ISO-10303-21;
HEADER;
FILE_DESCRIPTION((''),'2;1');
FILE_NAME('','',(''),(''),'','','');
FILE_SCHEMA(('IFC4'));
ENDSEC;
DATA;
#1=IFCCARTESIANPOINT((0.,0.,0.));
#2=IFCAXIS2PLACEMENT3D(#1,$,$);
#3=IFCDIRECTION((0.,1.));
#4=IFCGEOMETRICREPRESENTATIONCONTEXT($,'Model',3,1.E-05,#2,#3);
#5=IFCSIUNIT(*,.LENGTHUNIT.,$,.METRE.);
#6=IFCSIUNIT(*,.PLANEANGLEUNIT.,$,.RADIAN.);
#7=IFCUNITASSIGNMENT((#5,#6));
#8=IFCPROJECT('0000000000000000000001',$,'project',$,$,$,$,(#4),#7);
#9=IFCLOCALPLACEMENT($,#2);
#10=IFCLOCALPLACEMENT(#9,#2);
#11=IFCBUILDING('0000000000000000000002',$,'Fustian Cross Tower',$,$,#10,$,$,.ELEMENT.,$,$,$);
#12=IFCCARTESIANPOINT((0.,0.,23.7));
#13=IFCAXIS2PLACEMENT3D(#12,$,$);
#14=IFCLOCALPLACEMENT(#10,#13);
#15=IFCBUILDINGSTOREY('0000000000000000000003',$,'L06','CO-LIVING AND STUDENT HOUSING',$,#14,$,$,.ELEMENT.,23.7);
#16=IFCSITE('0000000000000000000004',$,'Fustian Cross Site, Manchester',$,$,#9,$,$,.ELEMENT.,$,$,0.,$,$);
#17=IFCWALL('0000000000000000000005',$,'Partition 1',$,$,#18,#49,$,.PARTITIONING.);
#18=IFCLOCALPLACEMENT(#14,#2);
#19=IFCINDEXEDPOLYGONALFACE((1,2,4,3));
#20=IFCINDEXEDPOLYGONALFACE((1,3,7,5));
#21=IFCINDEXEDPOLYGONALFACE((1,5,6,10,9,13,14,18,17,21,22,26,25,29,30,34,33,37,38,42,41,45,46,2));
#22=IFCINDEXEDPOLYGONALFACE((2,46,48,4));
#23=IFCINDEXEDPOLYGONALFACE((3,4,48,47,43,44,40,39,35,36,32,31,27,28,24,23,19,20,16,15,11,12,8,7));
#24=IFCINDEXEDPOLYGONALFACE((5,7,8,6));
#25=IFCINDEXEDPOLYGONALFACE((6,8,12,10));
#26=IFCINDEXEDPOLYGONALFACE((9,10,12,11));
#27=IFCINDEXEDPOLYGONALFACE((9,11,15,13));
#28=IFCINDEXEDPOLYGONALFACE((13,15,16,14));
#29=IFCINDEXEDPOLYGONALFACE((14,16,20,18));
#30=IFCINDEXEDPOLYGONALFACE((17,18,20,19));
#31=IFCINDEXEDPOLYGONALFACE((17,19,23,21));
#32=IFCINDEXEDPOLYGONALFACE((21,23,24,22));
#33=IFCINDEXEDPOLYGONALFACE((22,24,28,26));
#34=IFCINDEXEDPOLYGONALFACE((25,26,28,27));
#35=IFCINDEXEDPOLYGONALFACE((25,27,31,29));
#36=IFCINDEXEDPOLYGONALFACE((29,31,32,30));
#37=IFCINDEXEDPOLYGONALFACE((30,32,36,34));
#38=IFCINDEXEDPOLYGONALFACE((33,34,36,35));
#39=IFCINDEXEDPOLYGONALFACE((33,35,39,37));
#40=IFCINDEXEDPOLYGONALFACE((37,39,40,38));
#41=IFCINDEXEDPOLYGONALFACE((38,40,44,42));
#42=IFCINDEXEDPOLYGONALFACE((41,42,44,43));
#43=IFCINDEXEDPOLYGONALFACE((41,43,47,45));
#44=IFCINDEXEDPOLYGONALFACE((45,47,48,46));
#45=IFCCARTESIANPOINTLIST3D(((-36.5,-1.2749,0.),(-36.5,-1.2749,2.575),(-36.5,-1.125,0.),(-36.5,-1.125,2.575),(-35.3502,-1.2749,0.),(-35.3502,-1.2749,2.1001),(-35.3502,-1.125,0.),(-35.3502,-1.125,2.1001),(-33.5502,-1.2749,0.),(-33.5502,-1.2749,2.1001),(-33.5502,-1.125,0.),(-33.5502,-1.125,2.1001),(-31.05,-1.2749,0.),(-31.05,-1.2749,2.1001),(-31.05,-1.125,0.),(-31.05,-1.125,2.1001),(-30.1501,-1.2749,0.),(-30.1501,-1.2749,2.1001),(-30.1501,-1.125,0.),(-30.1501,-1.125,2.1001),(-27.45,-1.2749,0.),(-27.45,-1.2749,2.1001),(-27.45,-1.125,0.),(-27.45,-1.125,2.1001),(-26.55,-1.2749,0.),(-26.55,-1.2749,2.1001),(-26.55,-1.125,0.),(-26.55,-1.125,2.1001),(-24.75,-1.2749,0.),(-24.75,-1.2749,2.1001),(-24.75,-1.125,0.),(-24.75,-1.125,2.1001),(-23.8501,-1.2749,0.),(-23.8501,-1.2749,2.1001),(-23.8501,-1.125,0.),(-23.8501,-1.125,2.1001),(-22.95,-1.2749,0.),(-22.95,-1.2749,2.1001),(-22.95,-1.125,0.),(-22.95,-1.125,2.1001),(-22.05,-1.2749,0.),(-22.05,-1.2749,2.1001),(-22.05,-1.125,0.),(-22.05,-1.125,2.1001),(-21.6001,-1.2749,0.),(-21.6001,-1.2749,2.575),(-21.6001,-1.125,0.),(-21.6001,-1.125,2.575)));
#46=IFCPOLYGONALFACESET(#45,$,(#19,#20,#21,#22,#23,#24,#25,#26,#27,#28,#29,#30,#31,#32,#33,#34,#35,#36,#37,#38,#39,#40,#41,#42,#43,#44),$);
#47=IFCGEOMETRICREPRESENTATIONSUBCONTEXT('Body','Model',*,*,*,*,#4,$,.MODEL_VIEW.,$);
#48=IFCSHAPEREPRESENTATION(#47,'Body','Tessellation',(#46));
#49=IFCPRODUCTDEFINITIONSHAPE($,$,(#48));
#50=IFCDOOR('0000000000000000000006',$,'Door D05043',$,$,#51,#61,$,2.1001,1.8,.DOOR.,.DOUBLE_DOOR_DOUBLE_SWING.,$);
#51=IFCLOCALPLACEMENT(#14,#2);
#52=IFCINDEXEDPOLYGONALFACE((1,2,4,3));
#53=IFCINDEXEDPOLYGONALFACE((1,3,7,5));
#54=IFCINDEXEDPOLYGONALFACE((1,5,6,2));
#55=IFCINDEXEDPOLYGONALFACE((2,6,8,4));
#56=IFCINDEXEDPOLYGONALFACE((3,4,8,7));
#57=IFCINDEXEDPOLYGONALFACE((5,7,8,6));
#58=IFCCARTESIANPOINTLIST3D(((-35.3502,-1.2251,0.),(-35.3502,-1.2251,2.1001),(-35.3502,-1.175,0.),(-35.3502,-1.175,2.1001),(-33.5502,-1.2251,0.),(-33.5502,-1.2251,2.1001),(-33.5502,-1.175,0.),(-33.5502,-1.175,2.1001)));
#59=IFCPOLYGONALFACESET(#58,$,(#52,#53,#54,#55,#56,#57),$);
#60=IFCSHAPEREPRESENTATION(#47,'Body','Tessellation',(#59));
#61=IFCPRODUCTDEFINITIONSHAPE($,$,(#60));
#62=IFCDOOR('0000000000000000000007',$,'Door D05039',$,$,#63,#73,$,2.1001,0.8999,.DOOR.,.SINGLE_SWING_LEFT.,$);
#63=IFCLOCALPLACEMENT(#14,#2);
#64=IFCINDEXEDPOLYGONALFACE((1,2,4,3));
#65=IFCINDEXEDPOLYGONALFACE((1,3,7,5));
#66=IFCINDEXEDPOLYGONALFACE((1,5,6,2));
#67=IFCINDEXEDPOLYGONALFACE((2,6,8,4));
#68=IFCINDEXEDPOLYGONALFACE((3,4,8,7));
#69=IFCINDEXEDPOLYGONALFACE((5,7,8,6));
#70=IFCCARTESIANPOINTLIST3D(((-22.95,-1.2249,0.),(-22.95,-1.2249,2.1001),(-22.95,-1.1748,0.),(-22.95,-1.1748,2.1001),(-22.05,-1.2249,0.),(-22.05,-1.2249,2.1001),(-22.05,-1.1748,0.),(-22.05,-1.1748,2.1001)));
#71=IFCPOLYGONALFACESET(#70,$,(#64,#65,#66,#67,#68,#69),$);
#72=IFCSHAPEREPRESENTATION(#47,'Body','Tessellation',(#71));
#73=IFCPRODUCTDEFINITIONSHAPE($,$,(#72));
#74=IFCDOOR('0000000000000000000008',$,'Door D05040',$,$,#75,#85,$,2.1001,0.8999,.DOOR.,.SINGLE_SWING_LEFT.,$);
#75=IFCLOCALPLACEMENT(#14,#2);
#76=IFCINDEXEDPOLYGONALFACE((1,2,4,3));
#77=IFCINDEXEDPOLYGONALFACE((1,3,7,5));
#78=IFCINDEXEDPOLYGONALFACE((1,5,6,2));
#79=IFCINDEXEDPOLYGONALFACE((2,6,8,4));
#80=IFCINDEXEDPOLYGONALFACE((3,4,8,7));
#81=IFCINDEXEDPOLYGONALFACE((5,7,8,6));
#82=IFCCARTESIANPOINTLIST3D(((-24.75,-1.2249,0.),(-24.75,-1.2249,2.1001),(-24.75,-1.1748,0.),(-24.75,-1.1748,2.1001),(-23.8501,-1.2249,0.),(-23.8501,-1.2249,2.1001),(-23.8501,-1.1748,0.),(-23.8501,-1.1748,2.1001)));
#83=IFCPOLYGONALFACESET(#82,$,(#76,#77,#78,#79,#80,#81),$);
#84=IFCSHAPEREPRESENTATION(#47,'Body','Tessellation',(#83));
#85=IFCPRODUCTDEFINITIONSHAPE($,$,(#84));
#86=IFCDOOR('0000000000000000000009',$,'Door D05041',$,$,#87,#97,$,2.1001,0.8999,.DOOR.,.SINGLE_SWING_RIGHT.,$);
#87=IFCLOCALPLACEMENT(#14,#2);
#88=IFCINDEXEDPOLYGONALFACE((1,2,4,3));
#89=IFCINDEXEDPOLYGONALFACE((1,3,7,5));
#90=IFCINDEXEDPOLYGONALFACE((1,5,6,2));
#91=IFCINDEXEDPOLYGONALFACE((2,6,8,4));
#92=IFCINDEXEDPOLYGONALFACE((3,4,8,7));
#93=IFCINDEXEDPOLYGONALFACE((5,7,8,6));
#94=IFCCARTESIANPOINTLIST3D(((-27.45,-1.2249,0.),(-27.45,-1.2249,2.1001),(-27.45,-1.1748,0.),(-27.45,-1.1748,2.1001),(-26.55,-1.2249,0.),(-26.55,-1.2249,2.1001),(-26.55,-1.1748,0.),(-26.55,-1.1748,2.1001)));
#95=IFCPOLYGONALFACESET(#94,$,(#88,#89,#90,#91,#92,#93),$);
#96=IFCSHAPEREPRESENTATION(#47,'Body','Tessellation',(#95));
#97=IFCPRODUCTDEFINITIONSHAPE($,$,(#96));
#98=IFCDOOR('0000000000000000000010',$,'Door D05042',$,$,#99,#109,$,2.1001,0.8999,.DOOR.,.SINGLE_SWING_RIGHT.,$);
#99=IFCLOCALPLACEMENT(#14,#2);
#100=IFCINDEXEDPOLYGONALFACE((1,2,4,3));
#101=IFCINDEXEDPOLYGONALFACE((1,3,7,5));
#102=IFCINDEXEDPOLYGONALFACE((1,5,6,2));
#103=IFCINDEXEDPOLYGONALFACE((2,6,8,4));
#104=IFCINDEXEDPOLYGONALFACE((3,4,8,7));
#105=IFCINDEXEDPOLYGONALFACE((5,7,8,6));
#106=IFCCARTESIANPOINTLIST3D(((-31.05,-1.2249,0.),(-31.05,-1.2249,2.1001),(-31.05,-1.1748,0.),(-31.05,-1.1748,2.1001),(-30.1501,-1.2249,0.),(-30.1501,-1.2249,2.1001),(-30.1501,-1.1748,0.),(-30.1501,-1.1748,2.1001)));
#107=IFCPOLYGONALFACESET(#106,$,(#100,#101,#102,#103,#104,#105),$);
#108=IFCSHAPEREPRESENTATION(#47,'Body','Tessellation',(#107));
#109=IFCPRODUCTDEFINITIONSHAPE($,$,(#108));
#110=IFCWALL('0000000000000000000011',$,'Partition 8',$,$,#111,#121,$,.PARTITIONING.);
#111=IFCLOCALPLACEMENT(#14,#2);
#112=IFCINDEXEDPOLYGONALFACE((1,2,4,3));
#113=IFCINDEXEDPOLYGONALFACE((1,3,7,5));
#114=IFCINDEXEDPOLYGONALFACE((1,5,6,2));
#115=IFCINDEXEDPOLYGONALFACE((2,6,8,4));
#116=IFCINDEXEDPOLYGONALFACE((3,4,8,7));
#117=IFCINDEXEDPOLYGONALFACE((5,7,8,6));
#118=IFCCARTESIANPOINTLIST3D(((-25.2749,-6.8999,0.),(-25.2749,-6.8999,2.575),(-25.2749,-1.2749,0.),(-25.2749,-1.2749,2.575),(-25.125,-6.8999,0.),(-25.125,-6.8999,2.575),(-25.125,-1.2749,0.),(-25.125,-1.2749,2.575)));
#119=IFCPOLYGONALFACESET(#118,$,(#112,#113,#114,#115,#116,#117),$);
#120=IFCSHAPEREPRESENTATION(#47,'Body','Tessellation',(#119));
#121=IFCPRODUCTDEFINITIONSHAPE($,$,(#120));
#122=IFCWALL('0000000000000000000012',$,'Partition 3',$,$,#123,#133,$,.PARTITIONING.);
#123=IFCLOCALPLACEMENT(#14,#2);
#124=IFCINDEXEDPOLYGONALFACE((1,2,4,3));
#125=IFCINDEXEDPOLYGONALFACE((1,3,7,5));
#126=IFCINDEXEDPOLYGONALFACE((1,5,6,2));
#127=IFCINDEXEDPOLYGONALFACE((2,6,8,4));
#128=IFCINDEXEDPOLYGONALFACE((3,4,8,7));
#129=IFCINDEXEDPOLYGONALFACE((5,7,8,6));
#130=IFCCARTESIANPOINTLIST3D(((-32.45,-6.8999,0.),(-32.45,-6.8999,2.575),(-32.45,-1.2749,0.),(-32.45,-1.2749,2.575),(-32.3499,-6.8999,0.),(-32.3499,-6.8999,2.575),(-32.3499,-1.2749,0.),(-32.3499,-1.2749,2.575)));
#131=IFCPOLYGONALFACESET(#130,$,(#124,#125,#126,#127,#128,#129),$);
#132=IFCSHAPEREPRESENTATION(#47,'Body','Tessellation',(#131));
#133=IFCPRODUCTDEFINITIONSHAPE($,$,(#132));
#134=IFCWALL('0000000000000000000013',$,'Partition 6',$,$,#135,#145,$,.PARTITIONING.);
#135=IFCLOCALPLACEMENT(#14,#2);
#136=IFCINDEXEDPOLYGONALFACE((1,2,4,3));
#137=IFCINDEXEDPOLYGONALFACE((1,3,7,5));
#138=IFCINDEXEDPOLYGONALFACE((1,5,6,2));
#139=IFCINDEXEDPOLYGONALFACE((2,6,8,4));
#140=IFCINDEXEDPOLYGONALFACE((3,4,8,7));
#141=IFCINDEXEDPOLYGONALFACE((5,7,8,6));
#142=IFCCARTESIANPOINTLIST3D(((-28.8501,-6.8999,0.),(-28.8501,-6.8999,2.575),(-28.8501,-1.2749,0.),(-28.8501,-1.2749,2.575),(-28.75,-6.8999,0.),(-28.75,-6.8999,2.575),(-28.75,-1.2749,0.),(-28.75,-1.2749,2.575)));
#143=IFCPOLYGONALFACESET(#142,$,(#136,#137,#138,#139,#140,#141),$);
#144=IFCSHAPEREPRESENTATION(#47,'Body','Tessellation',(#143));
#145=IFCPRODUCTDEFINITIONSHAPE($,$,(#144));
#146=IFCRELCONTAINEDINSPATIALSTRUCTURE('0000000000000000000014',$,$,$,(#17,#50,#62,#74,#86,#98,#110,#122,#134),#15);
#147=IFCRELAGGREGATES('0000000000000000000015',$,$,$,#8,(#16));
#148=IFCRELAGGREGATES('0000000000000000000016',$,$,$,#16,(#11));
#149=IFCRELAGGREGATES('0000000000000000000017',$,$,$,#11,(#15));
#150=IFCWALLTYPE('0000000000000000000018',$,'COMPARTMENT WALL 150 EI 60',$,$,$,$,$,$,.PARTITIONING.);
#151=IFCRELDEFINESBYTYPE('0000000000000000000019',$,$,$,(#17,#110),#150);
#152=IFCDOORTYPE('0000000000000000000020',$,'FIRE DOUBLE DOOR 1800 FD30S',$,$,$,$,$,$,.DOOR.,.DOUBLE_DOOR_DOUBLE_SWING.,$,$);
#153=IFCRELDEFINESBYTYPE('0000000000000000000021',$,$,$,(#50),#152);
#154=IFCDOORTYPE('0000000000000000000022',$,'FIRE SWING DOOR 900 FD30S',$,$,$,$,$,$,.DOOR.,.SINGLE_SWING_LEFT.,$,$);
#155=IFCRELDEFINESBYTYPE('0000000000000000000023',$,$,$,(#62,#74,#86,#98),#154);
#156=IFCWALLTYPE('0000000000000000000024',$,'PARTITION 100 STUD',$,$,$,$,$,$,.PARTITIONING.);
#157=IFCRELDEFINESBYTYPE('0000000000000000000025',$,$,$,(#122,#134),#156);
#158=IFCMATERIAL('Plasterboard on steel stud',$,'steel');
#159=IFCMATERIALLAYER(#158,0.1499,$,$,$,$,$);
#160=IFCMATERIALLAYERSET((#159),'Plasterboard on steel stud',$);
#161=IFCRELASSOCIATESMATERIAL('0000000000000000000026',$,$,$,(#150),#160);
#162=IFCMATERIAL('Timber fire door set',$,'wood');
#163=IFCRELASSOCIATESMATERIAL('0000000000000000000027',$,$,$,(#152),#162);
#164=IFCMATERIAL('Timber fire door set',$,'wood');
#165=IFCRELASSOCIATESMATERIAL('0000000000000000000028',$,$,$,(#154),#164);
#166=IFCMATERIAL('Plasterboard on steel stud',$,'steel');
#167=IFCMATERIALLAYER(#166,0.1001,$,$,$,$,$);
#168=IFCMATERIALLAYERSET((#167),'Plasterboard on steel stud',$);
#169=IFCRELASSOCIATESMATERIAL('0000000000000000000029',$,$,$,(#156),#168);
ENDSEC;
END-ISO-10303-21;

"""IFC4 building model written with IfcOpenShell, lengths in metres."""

from ifc_helpers import new_model, si_unit, direction, frame, frame_2d, origin, place, context, subcontext, project, spatial, rectangle, extrude, material, layer, layer_set, type_object, element, fill, save


model = new_model("IFC4")

# Units and contexts
model_context = context("Model", 3, precision=1e-05, world=origin(), true_north=direction((0.0, 1.0)))
body_context = subcontext(model_context, "Body", "Model", "MODEL_VIEW")
ifc_project = project(units=[si_unit("LENGTHUNIT", "METRE"), si_unit("PLANEANGLEUNIT", "RADIAN")], contexts=[model_context])

# Site, building, storey
site_placement = place(None, origin())
site = spatial("IfcSite", under=ifc_project, at=site_placement, Name="Fustian Cross Site, Manchester", CompositionType="ELEMENT", RefElevation=0.0)
building_placement = place(site_placement, origin())
building = spatial("IfcBuilding", under=site, at=building_placement, Name="Fustian Cross Tower", CompositionType="ELEMENT")
storey_placement = place(building_placement, frame((0.0, 0.0, 23.7)))
storey = spatial("IfcBuildingStorey", under=building, at=storey_placement, Name="L06", Description="CO-LIVING AND STUDENT HOUSING", CompositionType="ELEMENT", Elevation=23.7)

# Wall, openings, doors
ifc_material_1 = material(Name="Plasterboard on steel stud", Category="steel")
ifc_layer_1 = layer(ifc_material_1, 0.1499)
ifc_layer_set_1 = layer_set([ifc_layer_1], Name="Plasterboard on steel stud")
wall_type_1 = type_object("IfcWallType", Name="COMPARTMENT WALL 150 EI 60", PredefinedType="PARTITIONING", material=ifc_layer_set_1)
wall_1_placement = place(storey_placement, frame((-36.5, -1.2, 0.0), z_axis=(0.0, 0.0, 1.0), x_axis=(1.0, 0.0, 0.0)))
wall_1 = element("IfcWall", 1, at=wall_1_placement, inside=storey, type_object=wall_type_1, Name="Partition 1", PredefinedType="PARTITIONING", context=body_context, shape_type="SweptSolid", body=[
    extrude(rectangle(XDim=14.8999, YDim=0.1499, at=frame_2d((7.45, 0.0))), origin(), (0.0, 0.0, 1.0), 2.575),
])
opening_1_placement = place(wall_1_placement, frame((13.55, 0.0, 0.0)))
opening_1 = element("IfcOpeningElement", 2, at=opening_1_placement, cuts=wall_1, PredefinedType="OPENING", context=body_context, shape_type="SweptSolid", body=[
    extrude(rectangle(XDim=0.8999, YDim=2.1001, at=frame_2d((0.45, 1.05))), frame((0.0, 0.085, 0.0), z_axis=(0.0, -1.0, 0.0), x_axis=(1.0, 0.0, 0.0)), (0.0, 0.0, 1.0), 0.1699),
])
opening_2_placement = place(wall_1_placement, frame((11.75, 0.0, 0.0)))
opening_2 = element("IfcOpeningElement", 3, at=opening_2_placement, cuts=wall_1, PredefinedType="OPENING", context=body_context, shape_type="SweptSolid", body=[
    extrude(rectangle(XDim=0.8999, YDim=2.1001, at=frame_2d((0.45, 1.05))), frame((0.0, 0.085, 0.0), z_axis=(0.0, -1.0, 0.0), x_axis=(1.0, 0.0, 0.0)), (0.0, 0.0, 1.0), 0.1699),
])
opening_3_placement = place(wall_1_placement, frame((9.05, 0.0, 0.0)))
opening_3 = element("IfcOpeningElement", 4, at=opening_3_placement, cuts=wall_1, PredefinedType="OPENING", context=body_context, shape_type="SweptSolid", body=[
    extrude(rectangle(XDim=0.8999, YDim=2.1001, at=frame_2d((0.45, 1.05))), frame((0.0, 0.085, 0.0), z_axis=(0.0, -1.0, 0.0), x_axis=(1.0, 0.0, 0.0)), (0.0, 0.0, 1.0), 0.1699),
])
opening_4_placement = place(wall_1_placement, frame((5.45, 0.0, 0.0)))
opening_4 = element("IfcOpeningElement", 5, at=opening_4_placement, cuts=wall_1, PredefinedType="OPENING", context=body_context, shape_type="SweptSolid", body=[
    extrude(rectangle(XDim=0.8999, YDim=2.1001, at=frame_2d((0.45, 1.05))), frame((0.0, 0.085, 0.0), z_axis=(0.0, -1.0, 0.0), x_axis=(1.0, 0.0, 0.0)), (0.0, 0.0, 1.0), 0.1699),
])
opening_5_placement = place(wall_1_placement, frame((1.1499, 0.0, 0.0)))
opening_5 = element("IfcOpeningElement", 6, at=opening_5_placement, cuts=wall_1, PredefinedType="OPENING", context=body_context, shape_type="SweptSolid", body=[
    extrude(rectangle(XDim=1.8, YDim=2.1001, at=frame_2d((0.8999, 1.05))), frame((0.0, 0.085, 0.0), z_axis=(0.0, -1.0, 0.0), x_axis=(1.0, 0.0, 0.0)), (0.0, 0.0, 1.0), 0.1699),
])
ifc_material_2 = material(Name="Timber fire door set", Category="wood")
door_type_1 = type_object("IfcDoorType", Name="FIRE DOUBLE DOOR 1800 FD30S", OperationType="DOUBLE_DOOR_DOUBLE_SWING", PredefinedType="DOOR", material=ifc_material_2)
door_1_placement = place(opening_5_placement, origin())
door_1 = element("IfcDoor", 7, at=door_1_placement, inside=storey, type_object=door_type_1, Name="Door D05043", OperationType="DOUBLE_DOOR_DOUBLE_SWING", OverallHeight=2.1001, OverallWidth=1.8, PredefinedType="DOOR", context=body_context, shape_type="SweptSolid", body=[
    extrude(rectangle(XDim=1.8, YDim=2.1001, at=frame_2d((0.8999, 1.05))), frame((0.0, 0.0249, 0.0), z_axis=(0.0, -1.0, 0.0), x_axis=(1.0, 0.0, 0.0)), (0.0, 0.0, 1.0), 0.05),
])
fill(opening_5, door_1)
ifc_material_3 = material(Name="Timber fire door set", Category="wood")
door_type_2 = type_object("IfcDoorType", Name="FIRE SWING DOOR 900 FD30S", OperationType="SINGLE_SWING_LEFT", PredefinedType="DOOR", material=ifc_material_3)
door_2_placement = place(opening_1_placement, frame((0.8999, 0.0, 0.0), z_axis=(0.0, 0.0, 1.0), x_axis=(-1.0, 0.0, 0.0)))
door_2 = element("IfcDoor", 8, at=door_2_placement, inside=storey, type_object=door_type_2, Name="Door D05039", OperationType="SINGLE_SWING_LEFT", OverallHeight=2.1001, OverallWidth=0.8999, PredefinedType="DOOR", context=body_context, shape_type="SweptSolid", body=[
    extrude(rectangle(XDim=0.8999, YDim=2.1001, at=frame_2d((0.45, 1.05))), frame((0.0, 0.0249, 0.0), z_axis=(0.0, -1.0, 0.0), x_axis=(1.0, 0.0, 0.0)), (0.0, 0.0, 1.0), 0.05),
])
fill(opening_1, door_2)
door_3_placement = place(opening_2_placement, frame((0.8999, 0.0, 0.0), z_axis=(0.0, 0.0, 1.0), x_axis=(-1.0, 0.0, 0.0)))
door_3 = element("IfcDoor", 9, at=door_3_placement, inside=storey, type_object=door_type_2, Name="Door D05040", OperationType="SINGLE_SWING_LEFT", OverallHeight=2.1001, OverallWidth=0.8999, PredefinedType="DOOR", context=body_context, shape_type="SweptSolid", body=[
    extrude(rectangle(XDim=0.8999, YDim=2.1001, at=frame_2d((0.45, 1.05))), frame((0.0, 0.0249, 0.0), z_axis=(0.0, -1.0, 0.0), x_axis=(1.0, 0.0, 0.0)), (0.0, 0.0, 1.0), 0.05),
])
fill(opening_2, door_3)
door_4_placement = place(opening_3_placement, frame((0.8999, 0.0, 0.0), z_axis=(0.0, 0.0, 1.0), x_axis=(-1.0, 0.0, 0.0)))
door_4 = element("IfcDoor", 10, at=door_4_placement, inside=storey, type_object=door_type_2, Name="Door D05041", OperationType="SINGLE_SWING_RIGHT", OverallHeight=2.1001, OverallWidth=0.8999, PredefinedType="DOOR", context=body_context, shape_type="SweptSolid", body=[
    extrude(rectangle(XDim=0.8999, YDim=2.1001, at=frame_2d((0.45, 1.05))), frame((0.0, 0.0249, 0.0), z_axis=(0.0, -1.0, 0.0), x_axis=(1.0, 0.0, 0.0)), (0.0, 0.0, 1.0), 0.05),
])
fill(opening_3, door_4)
door_5_placement = place(opening_4_placement, frame((0.8999, 0.0, 0.0), z_axis=(0.0, 0.0, 1.0), x_axis=(-1.0, 0.0, 0.0)))
door_5 = element("IfcDoor", 11, at=door_5_placement, inside=storey, type_object=door_type_2, Name="Door D05042", OperationType="SINGLE_SWING_RIGHT", OverallHeight=2.1001, OverallWidth=0.8999, PredefinedType="DOOR", context=body_context, shape_type="SweptSolid", body=[
    extrude(rectangle(XDim=0.8999, YDim=2.1001, at=frame_2d((0.45, 1.05))), frame((0.0, 0.0249, 0.0), z_axis=(0.0, -1.0, 0.0), x_axis=(1.0, 0.0, 0.0)), (0.0, 0.0, 1.0), 0.05),
])
fill(opening_4, door_5)

# Walls
wall_2_placement = place(storey_placement, frame((-25.2, -6.8999, 0.0), z_axis=(0.0, 0.0, 1.0), x_axis=(0.0, 1.0, 0.0)))
element("IfcWall", 12, at=wall_2_placement, inside=storey, type_object=wall_type_1, Name="Partition 8", PredefinedType="PARTITIONING", context=body_context, shape_type="SweptSolid", body=[
    extrude(rectangle(XDim=5.625, YDim=0.1499, at=frame_2d((2.8125, 0.0))), origin(), (0.0, 0.0, 1.0), 2.575),
])
ifc_material_4 = material(Name="Plasterboard on steel stud", Category="steel")
ifc_layer_2 = layer(ifc_material_4, 0.1001)
ifc_layer_set_2 = layer_set([ifc_layer_2], Name="Plasterboard on steel stud")
wall_type_2 = type_object("IfcWallType", Name="PARTITION 100 STUD", PredefinedType="PARTITIONING", material=ifc_layer_set_2)
for number, where, z_axis, x_axis, name in (
    (13, (-32.3999, -6.8999, 0.0), (0.0, 0.0, 1.0), (0.0, 1.0, 0.0), "Partition 3"),
    (14, (-28.8, -6.8999, 0.0), (0.0, 0.0, 1.0), (0.0, 1.0, 0.0), "Partition 6"),
):
    element("IfcWall", number, at=place(storey_placement, frame(where, z_axis=z_axis, x_axis=x_axis)), inside=storey, type_object=wall_type_2, Name=name, PredefinedType="PARTITIONING", context=body_context, shape_type="SweptSolid", body=[
        extrude(rectangle(XDim=5.625, YDim=0.1001, at=frame_2d((2.8125, 0.0))), origin(), (0.0, 0.0, 1.0), 2.575),
    ])

save(model, "model.ifc")
